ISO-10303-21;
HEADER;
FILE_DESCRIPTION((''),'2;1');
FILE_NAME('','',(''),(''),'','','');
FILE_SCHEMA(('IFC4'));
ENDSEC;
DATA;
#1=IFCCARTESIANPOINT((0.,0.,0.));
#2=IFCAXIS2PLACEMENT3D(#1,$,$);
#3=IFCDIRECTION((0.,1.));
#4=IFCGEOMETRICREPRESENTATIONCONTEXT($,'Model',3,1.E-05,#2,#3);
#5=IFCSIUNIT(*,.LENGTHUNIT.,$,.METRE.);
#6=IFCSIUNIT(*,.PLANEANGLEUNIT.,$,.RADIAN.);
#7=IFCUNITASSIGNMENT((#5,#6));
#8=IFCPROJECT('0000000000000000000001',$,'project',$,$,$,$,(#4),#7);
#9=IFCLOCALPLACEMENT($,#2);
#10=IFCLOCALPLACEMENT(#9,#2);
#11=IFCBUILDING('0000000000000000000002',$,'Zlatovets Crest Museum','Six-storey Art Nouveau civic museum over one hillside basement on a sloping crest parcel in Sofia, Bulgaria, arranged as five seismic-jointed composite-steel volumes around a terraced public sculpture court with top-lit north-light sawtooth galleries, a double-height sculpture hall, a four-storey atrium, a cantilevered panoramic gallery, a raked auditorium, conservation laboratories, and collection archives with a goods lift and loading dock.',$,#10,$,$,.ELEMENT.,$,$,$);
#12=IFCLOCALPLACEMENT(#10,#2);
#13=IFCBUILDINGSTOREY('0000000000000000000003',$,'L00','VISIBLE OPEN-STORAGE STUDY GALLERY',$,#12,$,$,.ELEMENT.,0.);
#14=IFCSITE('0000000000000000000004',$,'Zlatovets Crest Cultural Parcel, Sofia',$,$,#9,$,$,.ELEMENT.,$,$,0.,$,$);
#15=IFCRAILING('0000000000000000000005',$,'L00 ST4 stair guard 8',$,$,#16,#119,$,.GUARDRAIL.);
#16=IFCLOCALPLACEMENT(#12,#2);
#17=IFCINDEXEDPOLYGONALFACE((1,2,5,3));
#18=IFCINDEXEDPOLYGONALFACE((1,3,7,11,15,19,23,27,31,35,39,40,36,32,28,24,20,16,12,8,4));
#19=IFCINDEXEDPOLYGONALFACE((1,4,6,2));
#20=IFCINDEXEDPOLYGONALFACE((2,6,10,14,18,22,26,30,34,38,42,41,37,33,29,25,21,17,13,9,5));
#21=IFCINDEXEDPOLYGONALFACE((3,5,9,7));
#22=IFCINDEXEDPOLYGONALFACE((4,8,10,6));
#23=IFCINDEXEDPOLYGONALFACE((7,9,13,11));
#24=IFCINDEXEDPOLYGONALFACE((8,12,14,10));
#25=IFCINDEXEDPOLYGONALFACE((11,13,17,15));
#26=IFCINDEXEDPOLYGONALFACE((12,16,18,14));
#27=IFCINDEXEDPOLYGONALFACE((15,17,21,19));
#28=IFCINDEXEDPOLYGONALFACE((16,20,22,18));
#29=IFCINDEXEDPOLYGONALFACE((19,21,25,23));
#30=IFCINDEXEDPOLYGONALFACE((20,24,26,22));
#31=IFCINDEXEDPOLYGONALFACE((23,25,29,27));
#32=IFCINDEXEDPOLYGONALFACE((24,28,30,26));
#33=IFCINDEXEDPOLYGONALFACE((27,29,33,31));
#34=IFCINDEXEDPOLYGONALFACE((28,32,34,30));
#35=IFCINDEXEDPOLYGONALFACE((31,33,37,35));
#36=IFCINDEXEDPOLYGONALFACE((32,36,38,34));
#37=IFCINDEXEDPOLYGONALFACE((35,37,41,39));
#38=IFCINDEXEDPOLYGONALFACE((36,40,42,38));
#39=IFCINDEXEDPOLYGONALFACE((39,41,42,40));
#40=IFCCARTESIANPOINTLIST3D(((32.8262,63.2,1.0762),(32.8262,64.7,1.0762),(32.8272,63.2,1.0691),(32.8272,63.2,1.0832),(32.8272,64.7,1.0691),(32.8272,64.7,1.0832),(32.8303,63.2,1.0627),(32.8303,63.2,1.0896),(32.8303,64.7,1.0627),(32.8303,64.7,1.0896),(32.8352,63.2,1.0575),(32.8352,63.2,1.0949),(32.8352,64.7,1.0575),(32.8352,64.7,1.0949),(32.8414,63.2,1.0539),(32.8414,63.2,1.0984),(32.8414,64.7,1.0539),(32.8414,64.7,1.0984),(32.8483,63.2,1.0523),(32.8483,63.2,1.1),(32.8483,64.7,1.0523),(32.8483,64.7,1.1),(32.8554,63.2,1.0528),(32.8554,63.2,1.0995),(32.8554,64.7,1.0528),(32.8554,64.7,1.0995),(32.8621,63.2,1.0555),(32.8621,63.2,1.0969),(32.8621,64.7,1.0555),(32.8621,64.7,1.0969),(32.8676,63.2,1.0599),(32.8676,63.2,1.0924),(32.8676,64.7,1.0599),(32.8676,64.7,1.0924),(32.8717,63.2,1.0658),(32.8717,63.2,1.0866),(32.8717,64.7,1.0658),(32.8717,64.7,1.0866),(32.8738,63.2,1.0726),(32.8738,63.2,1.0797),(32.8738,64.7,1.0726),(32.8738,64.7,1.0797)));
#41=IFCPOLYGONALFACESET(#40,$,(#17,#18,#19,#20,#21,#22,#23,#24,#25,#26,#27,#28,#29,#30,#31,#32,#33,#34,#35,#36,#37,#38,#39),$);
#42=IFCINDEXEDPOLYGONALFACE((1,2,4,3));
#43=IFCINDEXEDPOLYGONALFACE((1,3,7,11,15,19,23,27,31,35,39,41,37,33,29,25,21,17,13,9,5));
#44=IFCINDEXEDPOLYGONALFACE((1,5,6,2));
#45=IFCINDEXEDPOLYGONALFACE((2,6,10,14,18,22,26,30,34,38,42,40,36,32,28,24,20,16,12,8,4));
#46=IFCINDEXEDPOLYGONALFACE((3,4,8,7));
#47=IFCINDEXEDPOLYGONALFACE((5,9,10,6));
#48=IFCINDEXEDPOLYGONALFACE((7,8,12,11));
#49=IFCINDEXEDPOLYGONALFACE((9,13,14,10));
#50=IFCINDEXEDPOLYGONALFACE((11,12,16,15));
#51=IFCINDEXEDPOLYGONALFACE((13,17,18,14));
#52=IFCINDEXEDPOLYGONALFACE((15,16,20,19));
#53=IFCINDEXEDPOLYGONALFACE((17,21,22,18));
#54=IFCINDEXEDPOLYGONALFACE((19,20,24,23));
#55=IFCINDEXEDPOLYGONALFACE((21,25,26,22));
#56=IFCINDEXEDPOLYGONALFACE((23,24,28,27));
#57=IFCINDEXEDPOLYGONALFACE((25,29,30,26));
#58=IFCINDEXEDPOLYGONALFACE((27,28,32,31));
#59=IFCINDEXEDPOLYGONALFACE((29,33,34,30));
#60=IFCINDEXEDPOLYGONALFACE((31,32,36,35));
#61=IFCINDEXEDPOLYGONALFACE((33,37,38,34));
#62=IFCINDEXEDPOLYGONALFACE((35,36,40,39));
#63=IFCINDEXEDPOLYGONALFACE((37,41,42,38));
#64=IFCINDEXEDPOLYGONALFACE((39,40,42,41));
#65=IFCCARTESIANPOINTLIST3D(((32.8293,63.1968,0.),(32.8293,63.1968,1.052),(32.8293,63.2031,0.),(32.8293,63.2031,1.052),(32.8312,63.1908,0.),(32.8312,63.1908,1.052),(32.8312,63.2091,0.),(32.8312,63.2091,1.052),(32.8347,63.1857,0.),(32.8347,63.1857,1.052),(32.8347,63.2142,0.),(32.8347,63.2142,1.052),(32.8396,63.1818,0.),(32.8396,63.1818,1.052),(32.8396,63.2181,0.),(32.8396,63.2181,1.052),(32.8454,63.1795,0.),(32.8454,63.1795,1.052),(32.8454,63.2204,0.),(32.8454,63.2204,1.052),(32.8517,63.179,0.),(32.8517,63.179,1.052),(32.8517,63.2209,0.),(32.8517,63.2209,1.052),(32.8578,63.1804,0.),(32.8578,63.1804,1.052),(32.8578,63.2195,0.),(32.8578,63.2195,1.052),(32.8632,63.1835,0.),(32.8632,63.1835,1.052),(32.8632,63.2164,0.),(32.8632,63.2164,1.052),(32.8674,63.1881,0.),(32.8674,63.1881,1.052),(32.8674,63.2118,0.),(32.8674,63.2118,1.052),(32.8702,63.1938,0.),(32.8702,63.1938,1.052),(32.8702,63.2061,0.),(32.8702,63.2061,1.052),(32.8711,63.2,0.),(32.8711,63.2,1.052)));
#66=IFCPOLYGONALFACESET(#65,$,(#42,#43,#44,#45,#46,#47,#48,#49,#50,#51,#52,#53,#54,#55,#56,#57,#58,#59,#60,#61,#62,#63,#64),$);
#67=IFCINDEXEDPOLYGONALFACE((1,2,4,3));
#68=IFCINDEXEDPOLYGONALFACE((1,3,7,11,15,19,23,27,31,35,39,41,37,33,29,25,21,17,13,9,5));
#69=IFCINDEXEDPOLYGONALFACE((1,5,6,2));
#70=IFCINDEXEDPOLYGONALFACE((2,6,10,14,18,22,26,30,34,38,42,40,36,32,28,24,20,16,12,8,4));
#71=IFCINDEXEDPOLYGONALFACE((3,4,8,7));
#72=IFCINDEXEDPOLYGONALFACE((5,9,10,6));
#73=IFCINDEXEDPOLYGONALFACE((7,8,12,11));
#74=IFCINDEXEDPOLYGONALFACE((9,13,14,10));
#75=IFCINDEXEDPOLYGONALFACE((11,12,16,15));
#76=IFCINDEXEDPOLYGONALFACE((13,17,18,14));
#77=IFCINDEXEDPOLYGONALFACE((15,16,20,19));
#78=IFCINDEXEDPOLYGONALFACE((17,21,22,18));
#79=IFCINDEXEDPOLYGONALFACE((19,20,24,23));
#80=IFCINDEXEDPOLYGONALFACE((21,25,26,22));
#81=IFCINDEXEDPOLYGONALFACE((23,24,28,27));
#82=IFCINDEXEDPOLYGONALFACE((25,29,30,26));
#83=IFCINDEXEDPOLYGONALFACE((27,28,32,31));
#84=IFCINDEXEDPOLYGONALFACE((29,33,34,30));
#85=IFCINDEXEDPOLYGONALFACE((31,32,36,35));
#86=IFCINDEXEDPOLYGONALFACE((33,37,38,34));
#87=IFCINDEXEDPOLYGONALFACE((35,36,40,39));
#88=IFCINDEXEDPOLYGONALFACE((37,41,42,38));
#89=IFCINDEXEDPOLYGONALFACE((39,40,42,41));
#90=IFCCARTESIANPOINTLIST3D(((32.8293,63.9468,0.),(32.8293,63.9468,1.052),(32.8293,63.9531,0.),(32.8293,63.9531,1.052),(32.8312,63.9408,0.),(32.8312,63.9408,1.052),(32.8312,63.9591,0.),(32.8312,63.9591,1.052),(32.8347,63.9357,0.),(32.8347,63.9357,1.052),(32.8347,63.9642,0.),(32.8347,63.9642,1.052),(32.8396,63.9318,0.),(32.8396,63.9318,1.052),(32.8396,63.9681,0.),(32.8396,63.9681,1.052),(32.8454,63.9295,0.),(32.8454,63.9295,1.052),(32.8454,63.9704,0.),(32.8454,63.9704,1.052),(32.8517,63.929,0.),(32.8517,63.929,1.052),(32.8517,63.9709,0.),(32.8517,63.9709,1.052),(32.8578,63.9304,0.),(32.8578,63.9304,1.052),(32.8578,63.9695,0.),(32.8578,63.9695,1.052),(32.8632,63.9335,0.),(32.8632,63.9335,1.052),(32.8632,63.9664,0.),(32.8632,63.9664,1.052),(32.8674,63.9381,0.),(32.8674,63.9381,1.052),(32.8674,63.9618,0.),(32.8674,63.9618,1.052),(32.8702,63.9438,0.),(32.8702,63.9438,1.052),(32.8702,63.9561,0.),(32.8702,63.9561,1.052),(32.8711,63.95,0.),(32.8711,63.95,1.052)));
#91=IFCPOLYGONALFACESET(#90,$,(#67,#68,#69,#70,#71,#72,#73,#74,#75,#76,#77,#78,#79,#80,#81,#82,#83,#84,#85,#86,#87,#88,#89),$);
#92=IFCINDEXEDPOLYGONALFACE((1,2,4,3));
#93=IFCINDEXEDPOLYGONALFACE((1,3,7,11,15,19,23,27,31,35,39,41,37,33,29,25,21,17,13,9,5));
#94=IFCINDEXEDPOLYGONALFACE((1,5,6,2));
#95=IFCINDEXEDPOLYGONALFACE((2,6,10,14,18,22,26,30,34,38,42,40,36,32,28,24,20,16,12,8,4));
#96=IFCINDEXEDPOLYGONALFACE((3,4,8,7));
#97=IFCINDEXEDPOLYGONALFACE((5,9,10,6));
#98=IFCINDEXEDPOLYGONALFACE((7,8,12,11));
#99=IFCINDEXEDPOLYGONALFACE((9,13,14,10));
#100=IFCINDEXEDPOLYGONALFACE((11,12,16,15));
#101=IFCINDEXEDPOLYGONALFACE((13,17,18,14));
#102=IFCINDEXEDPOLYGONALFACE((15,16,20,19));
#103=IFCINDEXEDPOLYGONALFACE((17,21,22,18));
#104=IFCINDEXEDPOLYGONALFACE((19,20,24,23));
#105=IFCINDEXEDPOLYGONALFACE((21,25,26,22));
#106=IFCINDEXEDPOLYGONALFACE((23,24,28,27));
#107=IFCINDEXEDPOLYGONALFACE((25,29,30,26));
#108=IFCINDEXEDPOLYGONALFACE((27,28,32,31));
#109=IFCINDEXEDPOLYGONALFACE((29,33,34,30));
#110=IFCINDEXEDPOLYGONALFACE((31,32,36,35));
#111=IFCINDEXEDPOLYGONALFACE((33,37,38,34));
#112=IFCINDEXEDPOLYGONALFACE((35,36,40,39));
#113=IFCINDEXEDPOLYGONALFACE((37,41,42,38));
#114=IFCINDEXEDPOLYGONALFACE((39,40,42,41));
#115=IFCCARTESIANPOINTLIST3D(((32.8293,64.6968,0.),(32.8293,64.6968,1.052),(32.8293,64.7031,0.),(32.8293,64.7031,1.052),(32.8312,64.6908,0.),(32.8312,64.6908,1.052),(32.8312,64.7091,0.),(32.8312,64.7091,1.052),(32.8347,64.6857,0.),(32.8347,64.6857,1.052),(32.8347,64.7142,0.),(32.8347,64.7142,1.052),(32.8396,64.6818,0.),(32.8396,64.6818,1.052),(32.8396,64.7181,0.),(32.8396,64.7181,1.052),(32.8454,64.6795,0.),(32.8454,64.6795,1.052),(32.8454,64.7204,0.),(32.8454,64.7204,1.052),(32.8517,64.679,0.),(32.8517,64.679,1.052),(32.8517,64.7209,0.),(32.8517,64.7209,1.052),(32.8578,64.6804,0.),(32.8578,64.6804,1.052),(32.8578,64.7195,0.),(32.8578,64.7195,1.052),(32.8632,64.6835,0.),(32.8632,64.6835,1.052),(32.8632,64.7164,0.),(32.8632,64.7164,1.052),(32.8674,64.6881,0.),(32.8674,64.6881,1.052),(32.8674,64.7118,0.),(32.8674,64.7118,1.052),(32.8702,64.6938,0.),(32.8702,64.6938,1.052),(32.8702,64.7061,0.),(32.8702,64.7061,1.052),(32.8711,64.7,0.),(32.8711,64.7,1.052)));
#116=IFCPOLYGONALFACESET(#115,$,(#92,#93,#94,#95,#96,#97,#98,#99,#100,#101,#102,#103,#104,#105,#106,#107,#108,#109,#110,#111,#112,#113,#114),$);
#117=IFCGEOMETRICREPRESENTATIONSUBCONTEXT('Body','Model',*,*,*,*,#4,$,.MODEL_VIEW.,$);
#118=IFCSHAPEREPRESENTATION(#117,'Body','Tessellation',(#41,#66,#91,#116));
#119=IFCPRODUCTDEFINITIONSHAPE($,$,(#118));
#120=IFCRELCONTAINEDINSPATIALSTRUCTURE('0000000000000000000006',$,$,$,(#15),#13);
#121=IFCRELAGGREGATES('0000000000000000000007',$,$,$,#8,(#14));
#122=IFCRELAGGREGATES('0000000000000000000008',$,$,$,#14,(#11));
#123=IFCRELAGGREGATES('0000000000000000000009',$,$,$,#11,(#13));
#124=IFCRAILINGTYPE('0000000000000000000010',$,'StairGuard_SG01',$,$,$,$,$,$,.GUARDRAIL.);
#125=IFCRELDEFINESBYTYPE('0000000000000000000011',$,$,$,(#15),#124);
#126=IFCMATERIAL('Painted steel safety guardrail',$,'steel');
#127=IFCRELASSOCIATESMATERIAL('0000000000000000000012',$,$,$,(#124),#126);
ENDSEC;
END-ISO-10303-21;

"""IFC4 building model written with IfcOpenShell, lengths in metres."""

from ifc_helpers import new_model, si_unit, direction, frame, origin, origin_2d, place, context, subcontext, project, spatial, circle, extrude, material, type_object, element, save


model = new_model("IFC4")

# Units and contexts
model_context = context("Model", 3, precision=1e-05, world=origin(), true_north=direction((0.0, 1.0)))
body_context = subcontext(model_context, "Body", "Model", "MODEL_VIEW")
ifc_project = project(units=[si_unit("LENGTHUNIT", "METRE"), si_unit("PLANEANGLEUNIT", "RADIAN")], contexts=[model_context])

# Site, building, storey
site_placement = place(None, origin())
site = spatial("IfcSite", under=ifc_project, at=site_placement, Name="Zlatovets Crest Cultural Parcel, Sofia", CompositionType="ELEMENT", RefElevation=0.0)
building_placement = place(site_placement, origin())
building = spatial("IfcBuilding", under=site, at=building_placement, Name="Zlatovets Crest Museum", Description="Six-storey Art Nouveau civic museum over one hillside basement on a sloping crest parcel in Sofia, Bulgaria, arranged as five seismic-jointed composite-steel volumes around a terraced public sculpture court with top-lit north-light sawtooth galleries, a double-height sculpture hall, a four-storey atrium, a cantilevered panoramic gallery, a raked auditorium, conservation laboratories, and collection archives with a goods lift and loading dock.", CompositionType="ELEMENT")
storey_placement = place(building_placement, origin())
storey = spatial("IfcBuildingStorey", under=building, at=storey_placement, Name="L00", Description="VISIBLE OPEN-STORAGE STUDY GALLERY", CompositionType="ELEMENT", Elevation=0.0)

# Railing
ifc_material_1 = material(Name="Painted steel safety guardrail", Category="steel")
railing_type_1 = type_object("IfcRailingType", Name="StairGuard_SG01", PredefinedType="GUARDRAIL", material=ifc_material_1)
for number, where, name in (
    (1, (32.8501, 63.2, 0.0), "L00 ST4 stair guard 8"),
):
    element("IfcRailing", number, at=place(storey_placement, frame(where)), inside=storey, type_object=railing_type_1, Name=name, PredefinedType="GUARDRAIL", context=body_context, shape_type="SweptSolid", body=[
        extrude(circle(Radius=0.0239, at=origin_2d()), frame((0.0, 0.0, 1.0762), z_axis=(0.0, 1.0, 0.0), x_axis=(-1.0, 0.0, 0.0)), (0.0, 0.0, 1.0), 1.5),
        extrude(circle(Radius=0.021, at=origin_2d()), origin(), (0.0, 0.0, 1.0), 1.052),
        extrude(circle(Radius=0.021, at=origin_2d()), frame((0.0, 0.75, 0.0)), (0.0, 0.0, 1.0), 1.052),
        extrude(circle(Radius=0.021, at=origin_2d()), frame((0.0, 1.5, 0.0)), (0.0, 0.0, 1.0), 1.052),
    ])

save(model, "model.ifc")
